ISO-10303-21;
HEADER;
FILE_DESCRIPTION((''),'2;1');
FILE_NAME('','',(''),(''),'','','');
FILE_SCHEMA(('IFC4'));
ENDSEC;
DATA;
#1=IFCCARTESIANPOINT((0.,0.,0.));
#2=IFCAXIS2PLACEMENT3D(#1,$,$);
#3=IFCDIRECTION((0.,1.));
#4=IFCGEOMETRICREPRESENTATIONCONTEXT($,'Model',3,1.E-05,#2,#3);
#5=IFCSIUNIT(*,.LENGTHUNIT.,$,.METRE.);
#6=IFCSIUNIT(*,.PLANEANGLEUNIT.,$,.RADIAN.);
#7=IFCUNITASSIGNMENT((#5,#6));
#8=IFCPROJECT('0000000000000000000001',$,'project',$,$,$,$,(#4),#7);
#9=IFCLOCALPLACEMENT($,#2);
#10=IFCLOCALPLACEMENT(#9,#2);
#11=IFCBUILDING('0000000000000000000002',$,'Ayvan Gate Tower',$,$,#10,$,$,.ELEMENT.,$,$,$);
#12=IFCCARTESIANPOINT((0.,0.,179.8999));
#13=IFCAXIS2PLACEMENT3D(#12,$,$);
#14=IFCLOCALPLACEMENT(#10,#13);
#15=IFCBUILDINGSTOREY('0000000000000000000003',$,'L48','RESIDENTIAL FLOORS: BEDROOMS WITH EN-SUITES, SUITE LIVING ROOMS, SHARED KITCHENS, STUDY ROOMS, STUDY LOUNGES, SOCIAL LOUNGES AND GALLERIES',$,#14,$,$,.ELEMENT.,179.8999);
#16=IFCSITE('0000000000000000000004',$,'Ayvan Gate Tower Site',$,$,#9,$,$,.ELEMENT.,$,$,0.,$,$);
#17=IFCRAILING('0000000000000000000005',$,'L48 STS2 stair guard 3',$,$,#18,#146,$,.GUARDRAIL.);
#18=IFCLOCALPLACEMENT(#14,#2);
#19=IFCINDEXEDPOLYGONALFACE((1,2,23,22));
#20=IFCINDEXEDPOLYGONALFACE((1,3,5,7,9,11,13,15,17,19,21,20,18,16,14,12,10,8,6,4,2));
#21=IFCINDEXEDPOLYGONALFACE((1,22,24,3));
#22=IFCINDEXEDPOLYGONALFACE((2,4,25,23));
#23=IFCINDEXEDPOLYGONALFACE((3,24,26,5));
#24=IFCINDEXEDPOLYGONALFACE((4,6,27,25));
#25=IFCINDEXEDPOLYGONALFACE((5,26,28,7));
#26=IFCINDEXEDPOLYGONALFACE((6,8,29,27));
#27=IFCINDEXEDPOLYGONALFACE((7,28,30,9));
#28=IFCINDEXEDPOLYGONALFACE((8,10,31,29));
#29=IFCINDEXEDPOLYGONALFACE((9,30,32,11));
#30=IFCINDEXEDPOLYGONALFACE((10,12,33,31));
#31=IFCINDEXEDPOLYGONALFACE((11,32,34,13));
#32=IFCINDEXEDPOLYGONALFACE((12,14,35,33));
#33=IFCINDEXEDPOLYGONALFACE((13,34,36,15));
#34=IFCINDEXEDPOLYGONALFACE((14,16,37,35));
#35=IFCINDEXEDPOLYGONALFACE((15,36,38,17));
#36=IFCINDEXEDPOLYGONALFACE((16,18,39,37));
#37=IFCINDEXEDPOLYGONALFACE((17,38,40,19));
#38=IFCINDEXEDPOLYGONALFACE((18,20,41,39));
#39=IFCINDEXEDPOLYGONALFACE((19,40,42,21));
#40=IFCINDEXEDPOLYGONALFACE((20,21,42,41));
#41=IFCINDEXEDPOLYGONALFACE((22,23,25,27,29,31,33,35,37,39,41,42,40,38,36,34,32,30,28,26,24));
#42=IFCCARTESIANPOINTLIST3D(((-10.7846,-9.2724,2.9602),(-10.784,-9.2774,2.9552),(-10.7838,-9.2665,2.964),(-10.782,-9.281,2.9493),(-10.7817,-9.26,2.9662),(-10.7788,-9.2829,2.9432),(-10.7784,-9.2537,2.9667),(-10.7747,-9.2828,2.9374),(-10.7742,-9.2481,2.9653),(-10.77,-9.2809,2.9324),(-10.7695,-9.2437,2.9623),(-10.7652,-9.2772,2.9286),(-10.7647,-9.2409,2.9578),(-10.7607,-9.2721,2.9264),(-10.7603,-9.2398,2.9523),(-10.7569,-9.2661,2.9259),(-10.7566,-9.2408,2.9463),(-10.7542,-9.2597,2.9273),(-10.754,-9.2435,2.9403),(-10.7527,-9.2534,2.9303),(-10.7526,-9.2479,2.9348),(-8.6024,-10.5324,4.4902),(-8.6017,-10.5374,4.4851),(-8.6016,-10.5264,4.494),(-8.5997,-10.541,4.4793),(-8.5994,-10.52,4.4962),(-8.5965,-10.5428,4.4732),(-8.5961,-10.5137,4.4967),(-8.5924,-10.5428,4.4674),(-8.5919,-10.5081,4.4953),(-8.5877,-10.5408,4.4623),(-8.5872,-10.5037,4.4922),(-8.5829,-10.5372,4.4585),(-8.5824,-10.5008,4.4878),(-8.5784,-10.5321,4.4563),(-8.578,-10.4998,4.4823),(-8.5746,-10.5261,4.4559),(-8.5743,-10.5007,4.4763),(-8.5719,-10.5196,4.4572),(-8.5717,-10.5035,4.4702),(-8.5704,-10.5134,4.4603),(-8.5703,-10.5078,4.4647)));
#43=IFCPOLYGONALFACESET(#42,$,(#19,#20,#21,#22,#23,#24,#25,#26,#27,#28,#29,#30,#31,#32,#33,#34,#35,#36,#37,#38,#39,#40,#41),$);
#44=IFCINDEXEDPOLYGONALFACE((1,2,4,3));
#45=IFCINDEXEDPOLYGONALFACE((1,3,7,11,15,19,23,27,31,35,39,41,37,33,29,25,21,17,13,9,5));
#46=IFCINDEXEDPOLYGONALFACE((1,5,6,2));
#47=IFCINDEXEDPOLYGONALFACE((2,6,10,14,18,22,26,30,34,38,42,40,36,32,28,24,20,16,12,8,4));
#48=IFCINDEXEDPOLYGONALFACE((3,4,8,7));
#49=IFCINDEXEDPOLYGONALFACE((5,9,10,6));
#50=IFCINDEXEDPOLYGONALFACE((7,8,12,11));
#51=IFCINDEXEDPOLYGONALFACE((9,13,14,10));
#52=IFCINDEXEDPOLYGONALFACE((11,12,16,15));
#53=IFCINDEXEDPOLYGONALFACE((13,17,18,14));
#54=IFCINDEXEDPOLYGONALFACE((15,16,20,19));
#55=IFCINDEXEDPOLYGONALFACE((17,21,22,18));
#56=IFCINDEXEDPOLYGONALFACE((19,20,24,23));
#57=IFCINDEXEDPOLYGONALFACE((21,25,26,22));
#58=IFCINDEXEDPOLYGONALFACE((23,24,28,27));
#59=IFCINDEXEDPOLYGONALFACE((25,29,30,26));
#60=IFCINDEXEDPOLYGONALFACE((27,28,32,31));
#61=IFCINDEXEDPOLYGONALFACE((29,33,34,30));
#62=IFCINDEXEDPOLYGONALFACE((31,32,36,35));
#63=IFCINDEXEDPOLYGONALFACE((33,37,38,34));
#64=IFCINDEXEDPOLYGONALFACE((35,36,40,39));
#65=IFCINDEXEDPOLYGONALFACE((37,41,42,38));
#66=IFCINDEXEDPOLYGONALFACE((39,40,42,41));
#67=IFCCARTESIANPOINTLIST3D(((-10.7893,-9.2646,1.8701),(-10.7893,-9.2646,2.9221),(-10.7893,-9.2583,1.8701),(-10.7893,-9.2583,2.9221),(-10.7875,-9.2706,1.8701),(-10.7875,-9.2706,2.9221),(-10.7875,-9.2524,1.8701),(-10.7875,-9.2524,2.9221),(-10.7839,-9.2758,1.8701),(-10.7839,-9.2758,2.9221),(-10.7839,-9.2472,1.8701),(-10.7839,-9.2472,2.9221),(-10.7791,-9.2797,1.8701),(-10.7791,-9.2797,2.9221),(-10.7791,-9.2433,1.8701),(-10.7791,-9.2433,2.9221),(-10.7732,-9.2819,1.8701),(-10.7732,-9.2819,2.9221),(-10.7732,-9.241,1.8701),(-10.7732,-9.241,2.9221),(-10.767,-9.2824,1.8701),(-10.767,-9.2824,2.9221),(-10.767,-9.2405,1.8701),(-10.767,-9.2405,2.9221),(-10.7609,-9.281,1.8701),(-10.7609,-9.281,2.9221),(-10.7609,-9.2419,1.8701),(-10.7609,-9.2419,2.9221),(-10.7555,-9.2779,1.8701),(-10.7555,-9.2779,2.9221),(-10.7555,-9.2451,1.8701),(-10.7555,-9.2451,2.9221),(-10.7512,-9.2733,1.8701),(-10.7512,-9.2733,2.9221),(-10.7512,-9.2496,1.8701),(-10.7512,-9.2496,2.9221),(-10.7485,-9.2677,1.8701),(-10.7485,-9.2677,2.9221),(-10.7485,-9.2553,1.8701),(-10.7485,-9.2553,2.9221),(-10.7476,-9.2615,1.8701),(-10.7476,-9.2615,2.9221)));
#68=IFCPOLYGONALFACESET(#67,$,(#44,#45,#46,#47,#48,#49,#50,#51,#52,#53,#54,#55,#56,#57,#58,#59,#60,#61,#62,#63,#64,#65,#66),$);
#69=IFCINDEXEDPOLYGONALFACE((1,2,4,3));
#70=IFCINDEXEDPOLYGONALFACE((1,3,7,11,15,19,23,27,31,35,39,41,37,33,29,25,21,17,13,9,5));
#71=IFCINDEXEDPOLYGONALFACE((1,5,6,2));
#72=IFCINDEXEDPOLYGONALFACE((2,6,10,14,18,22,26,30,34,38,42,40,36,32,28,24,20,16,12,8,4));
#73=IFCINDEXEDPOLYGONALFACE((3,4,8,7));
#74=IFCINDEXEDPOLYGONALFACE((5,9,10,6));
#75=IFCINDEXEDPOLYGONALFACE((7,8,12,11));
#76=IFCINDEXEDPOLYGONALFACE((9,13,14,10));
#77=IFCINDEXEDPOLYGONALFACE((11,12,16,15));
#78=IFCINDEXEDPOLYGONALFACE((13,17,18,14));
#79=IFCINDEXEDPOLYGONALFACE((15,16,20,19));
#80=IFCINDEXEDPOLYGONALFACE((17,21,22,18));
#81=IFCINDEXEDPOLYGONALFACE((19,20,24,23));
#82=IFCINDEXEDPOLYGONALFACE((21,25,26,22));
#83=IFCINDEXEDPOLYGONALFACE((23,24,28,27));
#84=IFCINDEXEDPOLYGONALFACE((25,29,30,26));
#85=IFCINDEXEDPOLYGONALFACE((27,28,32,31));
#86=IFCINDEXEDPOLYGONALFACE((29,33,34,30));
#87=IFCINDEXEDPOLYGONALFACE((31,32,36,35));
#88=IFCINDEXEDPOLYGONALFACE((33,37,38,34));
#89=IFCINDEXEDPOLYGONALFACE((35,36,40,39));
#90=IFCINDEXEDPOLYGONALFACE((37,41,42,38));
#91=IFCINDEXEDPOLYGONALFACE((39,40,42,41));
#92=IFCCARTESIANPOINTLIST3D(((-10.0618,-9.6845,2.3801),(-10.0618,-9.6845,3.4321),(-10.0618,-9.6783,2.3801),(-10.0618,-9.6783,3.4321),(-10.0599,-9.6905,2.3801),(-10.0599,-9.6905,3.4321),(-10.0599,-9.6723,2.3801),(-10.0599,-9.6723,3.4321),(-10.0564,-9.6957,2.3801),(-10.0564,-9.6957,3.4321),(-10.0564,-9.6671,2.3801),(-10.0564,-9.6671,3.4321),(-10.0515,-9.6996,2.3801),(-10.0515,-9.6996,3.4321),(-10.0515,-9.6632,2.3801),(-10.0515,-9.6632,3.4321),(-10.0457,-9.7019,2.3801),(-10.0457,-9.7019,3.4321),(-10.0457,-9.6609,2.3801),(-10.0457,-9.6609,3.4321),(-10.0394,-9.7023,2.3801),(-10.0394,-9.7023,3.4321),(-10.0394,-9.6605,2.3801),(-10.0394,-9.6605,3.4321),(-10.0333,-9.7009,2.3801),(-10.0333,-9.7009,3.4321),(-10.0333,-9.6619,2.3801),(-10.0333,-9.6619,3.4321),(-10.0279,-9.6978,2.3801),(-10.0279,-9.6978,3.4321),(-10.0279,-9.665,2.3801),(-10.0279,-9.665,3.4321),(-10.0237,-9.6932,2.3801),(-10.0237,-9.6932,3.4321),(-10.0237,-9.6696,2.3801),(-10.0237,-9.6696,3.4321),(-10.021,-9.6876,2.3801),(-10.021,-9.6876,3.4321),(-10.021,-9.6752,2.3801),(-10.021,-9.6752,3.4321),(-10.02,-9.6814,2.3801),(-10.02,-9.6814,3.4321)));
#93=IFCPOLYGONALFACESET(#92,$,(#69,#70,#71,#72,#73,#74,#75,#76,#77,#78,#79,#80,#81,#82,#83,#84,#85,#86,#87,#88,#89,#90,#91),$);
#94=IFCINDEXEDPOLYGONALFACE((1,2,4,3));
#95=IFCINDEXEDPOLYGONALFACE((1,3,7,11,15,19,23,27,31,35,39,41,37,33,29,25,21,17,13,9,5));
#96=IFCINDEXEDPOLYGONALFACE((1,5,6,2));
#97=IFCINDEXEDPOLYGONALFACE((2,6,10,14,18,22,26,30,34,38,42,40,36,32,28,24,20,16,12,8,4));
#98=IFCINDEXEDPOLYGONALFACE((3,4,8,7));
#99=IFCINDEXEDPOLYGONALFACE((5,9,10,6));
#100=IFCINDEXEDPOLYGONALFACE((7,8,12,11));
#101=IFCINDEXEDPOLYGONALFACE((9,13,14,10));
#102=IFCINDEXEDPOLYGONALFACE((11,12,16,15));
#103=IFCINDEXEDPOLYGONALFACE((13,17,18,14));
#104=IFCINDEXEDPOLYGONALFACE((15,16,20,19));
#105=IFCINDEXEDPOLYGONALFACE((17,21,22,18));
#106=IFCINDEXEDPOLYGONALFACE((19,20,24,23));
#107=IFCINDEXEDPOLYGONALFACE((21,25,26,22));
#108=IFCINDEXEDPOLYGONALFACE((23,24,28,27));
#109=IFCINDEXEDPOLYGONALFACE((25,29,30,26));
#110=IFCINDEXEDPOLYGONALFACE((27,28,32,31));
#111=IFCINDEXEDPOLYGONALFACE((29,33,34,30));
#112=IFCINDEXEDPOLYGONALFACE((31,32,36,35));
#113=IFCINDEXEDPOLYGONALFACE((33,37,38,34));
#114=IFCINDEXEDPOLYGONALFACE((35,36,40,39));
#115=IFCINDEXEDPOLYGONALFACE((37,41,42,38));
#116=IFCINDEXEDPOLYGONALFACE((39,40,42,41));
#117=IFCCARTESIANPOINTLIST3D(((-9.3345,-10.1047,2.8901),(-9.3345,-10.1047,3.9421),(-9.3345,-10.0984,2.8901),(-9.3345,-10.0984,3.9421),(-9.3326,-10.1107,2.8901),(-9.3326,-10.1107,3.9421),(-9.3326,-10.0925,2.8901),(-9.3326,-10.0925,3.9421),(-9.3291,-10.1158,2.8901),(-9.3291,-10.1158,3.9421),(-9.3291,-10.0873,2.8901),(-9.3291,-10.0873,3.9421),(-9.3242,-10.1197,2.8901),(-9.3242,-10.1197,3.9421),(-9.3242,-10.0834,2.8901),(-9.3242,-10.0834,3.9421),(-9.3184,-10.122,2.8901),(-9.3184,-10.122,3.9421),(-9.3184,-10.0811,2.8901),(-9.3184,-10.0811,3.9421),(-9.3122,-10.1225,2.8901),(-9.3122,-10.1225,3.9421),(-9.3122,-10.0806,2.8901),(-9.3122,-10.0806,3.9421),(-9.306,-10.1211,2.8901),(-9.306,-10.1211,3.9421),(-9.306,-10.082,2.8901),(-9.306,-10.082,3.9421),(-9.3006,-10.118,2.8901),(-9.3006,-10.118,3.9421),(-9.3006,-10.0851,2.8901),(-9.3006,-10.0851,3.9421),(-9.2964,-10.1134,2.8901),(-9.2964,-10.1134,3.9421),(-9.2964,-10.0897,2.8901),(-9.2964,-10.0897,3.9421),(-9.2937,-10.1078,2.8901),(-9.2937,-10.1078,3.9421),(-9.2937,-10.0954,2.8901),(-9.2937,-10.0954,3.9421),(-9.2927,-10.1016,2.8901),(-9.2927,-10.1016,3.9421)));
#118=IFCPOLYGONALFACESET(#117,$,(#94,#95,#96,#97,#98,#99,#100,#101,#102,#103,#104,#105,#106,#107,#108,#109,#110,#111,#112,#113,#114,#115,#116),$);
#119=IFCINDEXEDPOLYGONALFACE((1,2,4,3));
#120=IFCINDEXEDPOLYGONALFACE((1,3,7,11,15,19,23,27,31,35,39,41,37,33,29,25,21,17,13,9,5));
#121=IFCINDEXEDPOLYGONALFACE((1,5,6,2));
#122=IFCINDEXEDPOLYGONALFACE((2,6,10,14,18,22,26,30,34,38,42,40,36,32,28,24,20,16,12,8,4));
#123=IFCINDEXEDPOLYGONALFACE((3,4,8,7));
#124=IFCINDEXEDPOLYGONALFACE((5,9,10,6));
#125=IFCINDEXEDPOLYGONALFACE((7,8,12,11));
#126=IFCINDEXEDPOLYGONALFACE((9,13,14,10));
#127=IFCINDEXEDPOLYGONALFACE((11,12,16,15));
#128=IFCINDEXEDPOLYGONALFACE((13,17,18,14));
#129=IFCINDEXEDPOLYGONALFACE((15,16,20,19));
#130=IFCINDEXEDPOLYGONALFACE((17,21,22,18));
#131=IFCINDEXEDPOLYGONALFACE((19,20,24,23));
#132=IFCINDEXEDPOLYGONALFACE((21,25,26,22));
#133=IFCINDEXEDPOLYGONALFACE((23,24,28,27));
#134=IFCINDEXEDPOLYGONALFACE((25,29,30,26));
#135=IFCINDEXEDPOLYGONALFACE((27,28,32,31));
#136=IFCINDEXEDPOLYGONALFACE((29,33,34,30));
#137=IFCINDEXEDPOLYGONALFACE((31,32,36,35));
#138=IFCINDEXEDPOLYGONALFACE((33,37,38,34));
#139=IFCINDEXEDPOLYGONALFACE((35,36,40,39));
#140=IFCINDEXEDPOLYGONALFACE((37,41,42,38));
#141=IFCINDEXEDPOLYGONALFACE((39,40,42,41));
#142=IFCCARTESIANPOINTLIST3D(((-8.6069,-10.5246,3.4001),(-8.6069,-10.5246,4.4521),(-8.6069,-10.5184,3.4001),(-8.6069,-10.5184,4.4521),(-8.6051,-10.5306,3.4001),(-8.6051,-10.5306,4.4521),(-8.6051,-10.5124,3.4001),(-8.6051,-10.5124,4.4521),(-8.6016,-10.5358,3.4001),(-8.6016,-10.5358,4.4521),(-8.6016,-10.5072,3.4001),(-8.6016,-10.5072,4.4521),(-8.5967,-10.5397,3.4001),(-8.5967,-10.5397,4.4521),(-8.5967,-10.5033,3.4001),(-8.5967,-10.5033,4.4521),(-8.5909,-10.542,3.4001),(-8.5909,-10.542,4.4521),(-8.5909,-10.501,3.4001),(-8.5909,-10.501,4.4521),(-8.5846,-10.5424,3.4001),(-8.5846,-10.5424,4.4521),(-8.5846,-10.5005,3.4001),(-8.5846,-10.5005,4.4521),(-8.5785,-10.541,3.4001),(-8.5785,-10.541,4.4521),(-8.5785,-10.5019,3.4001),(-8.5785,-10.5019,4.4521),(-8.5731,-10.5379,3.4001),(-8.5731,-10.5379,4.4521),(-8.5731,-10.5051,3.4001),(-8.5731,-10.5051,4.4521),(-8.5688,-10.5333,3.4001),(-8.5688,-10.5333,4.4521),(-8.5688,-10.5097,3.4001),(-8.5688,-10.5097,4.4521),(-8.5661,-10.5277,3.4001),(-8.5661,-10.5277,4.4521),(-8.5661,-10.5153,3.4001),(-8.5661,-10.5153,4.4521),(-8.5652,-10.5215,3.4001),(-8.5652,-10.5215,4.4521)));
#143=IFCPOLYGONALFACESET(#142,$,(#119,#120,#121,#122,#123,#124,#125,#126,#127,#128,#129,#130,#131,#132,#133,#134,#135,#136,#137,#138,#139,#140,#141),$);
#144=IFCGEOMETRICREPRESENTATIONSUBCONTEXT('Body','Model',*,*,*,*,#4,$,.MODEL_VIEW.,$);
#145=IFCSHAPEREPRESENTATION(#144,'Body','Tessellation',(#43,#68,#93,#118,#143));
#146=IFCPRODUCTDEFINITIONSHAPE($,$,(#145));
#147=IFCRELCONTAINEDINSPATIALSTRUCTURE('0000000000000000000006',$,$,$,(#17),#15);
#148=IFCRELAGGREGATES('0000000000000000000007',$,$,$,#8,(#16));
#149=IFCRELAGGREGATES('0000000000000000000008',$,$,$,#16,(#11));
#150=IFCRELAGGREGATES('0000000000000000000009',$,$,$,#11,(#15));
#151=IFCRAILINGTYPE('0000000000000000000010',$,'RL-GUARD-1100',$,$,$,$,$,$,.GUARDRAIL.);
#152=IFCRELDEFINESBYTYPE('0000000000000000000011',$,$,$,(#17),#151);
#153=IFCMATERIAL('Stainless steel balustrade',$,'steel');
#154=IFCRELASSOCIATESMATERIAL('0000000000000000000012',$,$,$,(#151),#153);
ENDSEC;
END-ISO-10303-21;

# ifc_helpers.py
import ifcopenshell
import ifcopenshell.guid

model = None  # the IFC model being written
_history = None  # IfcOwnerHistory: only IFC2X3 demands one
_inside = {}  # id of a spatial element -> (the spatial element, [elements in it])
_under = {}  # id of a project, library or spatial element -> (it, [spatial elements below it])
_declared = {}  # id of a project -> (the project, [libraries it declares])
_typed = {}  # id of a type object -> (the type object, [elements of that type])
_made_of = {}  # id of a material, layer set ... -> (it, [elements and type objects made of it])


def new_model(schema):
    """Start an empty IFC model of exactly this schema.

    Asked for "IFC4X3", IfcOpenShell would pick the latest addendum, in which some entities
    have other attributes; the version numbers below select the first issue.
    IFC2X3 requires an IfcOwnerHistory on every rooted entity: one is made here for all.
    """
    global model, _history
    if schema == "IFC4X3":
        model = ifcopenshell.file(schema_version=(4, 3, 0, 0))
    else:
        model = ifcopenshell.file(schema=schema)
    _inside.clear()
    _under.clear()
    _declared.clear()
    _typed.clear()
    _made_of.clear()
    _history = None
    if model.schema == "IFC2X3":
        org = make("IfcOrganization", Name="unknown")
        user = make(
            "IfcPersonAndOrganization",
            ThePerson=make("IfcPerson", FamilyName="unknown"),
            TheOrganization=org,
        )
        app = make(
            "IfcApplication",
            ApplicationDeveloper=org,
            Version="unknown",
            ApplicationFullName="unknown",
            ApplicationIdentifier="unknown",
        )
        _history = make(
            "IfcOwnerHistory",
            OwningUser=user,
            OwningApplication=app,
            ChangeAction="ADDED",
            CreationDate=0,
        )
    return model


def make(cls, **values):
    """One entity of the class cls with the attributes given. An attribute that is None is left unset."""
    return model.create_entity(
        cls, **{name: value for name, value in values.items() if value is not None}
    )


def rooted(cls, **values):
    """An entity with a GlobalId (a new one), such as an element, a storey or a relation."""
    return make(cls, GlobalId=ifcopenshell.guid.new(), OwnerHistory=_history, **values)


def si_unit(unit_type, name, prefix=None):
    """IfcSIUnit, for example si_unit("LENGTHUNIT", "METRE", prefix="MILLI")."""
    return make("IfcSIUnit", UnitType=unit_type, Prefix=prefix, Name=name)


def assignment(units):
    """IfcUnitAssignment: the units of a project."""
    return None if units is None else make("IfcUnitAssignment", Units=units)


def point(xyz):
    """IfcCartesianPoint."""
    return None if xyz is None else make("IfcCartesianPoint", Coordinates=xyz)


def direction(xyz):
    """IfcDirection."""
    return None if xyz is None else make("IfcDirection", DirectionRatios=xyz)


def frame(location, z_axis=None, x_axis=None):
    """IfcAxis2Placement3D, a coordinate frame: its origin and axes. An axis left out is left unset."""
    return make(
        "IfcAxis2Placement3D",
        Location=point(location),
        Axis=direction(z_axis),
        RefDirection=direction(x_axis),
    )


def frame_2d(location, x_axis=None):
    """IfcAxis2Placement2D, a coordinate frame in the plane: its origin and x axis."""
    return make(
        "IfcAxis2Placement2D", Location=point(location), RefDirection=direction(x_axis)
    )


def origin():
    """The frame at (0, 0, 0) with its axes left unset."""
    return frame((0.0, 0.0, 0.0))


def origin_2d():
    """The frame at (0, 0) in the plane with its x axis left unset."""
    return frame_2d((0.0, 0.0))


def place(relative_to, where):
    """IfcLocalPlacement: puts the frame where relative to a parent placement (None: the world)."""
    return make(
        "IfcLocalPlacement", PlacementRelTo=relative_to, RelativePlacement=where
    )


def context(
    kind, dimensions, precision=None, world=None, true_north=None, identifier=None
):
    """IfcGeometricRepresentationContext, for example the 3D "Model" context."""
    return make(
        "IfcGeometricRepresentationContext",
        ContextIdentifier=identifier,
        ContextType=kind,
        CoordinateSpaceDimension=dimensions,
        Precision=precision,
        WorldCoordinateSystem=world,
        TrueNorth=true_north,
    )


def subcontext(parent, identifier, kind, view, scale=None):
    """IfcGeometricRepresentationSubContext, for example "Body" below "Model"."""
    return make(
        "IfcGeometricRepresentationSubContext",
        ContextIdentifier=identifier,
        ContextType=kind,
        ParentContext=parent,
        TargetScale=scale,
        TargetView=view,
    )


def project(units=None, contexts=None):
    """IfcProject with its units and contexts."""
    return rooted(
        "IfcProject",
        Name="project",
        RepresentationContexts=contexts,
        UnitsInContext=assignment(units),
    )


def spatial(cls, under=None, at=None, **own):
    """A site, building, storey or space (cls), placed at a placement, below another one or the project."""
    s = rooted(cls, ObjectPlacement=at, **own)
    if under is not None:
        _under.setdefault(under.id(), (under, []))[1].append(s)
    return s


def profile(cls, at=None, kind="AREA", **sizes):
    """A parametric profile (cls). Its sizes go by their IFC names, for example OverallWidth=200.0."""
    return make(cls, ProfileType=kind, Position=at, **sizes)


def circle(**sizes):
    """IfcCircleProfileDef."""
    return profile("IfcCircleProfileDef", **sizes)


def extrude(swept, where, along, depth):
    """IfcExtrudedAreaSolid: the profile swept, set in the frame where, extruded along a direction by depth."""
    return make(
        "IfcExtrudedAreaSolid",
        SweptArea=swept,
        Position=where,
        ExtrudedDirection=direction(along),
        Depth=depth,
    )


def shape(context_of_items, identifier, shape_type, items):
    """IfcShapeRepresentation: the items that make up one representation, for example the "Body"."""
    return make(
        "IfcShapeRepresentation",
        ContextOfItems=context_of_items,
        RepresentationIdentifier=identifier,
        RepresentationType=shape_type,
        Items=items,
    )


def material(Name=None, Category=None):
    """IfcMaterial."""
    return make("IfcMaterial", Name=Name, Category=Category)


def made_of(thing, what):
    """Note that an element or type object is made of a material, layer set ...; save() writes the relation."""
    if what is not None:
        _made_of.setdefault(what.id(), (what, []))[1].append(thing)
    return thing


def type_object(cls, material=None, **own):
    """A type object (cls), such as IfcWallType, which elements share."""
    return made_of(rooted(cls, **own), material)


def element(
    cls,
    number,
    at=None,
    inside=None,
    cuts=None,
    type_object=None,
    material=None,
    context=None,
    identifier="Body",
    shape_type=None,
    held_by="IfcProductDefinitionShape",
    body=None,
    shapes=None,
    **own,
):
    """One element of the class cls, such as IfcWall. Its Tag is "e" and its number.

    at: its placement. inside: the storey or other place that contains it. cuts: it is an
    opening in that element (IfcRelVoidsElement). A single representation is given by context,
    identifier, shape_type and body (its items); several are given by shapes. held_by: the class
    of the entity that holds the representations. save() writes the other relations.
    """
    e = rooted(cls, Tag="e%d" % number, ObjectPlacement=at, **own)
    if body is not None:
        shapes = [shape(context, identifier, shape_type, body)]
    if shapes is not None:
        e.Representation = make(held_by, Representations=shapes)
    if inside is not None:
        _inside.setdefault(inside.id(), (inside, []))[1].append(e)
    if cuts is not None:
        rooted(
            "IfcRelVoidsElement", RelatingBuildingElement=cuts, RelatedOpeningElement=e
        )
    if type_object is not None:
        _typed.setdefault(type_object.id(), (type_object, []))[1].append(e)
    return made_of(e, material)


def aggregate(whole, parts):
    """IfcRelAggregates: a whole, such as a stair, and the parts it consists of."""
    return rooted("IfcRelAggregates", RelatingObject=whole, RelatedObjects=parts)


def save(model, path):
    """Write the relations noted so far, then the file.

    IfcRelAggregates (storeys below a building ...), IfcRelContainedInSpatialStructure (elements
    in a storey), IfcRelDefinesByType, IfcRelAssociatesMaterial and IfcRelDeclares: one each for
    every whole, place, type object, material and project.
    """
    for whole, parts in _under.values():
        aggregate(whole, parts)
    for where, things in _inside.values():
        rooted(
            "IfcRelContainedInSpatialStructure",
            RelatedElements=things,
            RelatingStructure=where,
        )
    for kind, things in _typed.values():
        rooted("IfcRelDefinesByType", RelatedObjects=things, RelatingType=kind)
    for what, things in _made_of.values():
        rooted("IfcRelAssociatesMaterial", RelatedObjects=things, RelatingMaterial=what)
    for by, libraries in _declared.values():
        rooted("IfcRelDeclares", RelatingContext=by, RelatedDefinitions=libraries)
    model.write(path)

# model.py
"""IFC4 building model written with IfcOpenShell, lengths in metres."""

from ifc_helpers import new_model, si_unit, direction, frame, origin, origin_2d, place, context, subcontext, project, spatial, circle, extrude, material, type_object, element, save


model = new_model("IFC4")

# Units and contexts
model_context = context("Model", 3, precision=1e-05, world=origin(), true_north=direction((0.0, 1.0)))
body_context = subcontext(model_context, "Body", "Model", "MODEL_VIEW")
ifc_project = project(units=[si_unit("LENGTHUNIT", "METRE"), si_unit("PLANEANGLEUNIT", "RADIAN")], contexts=[model_context])

# Site, building, storey
site_placement = place(None, origin())
site = spatial("IfcSite", under=ifc_project, at=site_placement, Name="Ayvan Gate Tower Site", CompositionType="ELEMENT", RefElevation=0.0)
building_placement = place(site_placement, origin())
building = spatial("IfcBuilding", under=site, at=building_placement, Name="Ayvan Gate Tower", CompositionType="ELEMENT")
storey_placement = place(building_placement, frame((0.0, 0.0, 179.8999)))
storey = spatial("IfcBuildingStorey", under=building, at=storey_placement, Name="L48", Description="RESIDENTIAL FLOORS: BEDROOMS WITH EN-SUITES, SUITE LIVING ROOMS, SHARED KITCHENS, STUDY ROOMS, STUDY LOUNGES, SOCIAL LOUNGES AND GALLERIES", CompositionType="ELEMENT", Elevation=179.8999)

# Railing
ifc_material_1 = material(Name="Stainless steel balustrade", Category="steel")
railing_type_1 = type_object("IfcRailingType", Name="RL-GUARD-1100", PredefinedType="GUARDRAIL", material=ifc_material_1)
railing_1_placement = place(storey_placement, frame((-10.7686, -9.2615, 1.8701)))
element("IfcRailing", 1, at=railing_1_placement, inside=storey, type_object=railing_type_1, Name="L48 STS2 stair guard 3", PredefinedType="GUARDRAIL", context=body_context, shape_type="SweptSolid", body=[
    extrude(circle(Radius=0.0239, at=origin_2d()), frame((0.0, 0.0, 1.0762), z_axis=(0.740261, -0.427395, 0.518986), x_axis=(0.500005, 0.866023, 0.0)), (0.0, 0.0, 1.0), 2.948),
    extrude(circle(Radius=0.021, at=origin_2d()), origin(), (0.0, 0.0, 1.0), 1.052),
    extrude(circle(Radius=0.021, at=origin_2d()), frame((0.7275, -0.4199, 0.51)), (0.0, 0.0, 1.0), 1.052),
    extrude(circle(Radius=0.021, at=origin_2d()), frame((1.4548, -0.8401, 1.02)), (0.0, 0.0, 1.0), 1.052),
    extrude(circle(Radius=0.021, at=origin_2d()), frame((2.1824, -1.26, 1.53)), (0.0, 0.0, 1.0), 1.052),
])

save(model, "model.ifc")
